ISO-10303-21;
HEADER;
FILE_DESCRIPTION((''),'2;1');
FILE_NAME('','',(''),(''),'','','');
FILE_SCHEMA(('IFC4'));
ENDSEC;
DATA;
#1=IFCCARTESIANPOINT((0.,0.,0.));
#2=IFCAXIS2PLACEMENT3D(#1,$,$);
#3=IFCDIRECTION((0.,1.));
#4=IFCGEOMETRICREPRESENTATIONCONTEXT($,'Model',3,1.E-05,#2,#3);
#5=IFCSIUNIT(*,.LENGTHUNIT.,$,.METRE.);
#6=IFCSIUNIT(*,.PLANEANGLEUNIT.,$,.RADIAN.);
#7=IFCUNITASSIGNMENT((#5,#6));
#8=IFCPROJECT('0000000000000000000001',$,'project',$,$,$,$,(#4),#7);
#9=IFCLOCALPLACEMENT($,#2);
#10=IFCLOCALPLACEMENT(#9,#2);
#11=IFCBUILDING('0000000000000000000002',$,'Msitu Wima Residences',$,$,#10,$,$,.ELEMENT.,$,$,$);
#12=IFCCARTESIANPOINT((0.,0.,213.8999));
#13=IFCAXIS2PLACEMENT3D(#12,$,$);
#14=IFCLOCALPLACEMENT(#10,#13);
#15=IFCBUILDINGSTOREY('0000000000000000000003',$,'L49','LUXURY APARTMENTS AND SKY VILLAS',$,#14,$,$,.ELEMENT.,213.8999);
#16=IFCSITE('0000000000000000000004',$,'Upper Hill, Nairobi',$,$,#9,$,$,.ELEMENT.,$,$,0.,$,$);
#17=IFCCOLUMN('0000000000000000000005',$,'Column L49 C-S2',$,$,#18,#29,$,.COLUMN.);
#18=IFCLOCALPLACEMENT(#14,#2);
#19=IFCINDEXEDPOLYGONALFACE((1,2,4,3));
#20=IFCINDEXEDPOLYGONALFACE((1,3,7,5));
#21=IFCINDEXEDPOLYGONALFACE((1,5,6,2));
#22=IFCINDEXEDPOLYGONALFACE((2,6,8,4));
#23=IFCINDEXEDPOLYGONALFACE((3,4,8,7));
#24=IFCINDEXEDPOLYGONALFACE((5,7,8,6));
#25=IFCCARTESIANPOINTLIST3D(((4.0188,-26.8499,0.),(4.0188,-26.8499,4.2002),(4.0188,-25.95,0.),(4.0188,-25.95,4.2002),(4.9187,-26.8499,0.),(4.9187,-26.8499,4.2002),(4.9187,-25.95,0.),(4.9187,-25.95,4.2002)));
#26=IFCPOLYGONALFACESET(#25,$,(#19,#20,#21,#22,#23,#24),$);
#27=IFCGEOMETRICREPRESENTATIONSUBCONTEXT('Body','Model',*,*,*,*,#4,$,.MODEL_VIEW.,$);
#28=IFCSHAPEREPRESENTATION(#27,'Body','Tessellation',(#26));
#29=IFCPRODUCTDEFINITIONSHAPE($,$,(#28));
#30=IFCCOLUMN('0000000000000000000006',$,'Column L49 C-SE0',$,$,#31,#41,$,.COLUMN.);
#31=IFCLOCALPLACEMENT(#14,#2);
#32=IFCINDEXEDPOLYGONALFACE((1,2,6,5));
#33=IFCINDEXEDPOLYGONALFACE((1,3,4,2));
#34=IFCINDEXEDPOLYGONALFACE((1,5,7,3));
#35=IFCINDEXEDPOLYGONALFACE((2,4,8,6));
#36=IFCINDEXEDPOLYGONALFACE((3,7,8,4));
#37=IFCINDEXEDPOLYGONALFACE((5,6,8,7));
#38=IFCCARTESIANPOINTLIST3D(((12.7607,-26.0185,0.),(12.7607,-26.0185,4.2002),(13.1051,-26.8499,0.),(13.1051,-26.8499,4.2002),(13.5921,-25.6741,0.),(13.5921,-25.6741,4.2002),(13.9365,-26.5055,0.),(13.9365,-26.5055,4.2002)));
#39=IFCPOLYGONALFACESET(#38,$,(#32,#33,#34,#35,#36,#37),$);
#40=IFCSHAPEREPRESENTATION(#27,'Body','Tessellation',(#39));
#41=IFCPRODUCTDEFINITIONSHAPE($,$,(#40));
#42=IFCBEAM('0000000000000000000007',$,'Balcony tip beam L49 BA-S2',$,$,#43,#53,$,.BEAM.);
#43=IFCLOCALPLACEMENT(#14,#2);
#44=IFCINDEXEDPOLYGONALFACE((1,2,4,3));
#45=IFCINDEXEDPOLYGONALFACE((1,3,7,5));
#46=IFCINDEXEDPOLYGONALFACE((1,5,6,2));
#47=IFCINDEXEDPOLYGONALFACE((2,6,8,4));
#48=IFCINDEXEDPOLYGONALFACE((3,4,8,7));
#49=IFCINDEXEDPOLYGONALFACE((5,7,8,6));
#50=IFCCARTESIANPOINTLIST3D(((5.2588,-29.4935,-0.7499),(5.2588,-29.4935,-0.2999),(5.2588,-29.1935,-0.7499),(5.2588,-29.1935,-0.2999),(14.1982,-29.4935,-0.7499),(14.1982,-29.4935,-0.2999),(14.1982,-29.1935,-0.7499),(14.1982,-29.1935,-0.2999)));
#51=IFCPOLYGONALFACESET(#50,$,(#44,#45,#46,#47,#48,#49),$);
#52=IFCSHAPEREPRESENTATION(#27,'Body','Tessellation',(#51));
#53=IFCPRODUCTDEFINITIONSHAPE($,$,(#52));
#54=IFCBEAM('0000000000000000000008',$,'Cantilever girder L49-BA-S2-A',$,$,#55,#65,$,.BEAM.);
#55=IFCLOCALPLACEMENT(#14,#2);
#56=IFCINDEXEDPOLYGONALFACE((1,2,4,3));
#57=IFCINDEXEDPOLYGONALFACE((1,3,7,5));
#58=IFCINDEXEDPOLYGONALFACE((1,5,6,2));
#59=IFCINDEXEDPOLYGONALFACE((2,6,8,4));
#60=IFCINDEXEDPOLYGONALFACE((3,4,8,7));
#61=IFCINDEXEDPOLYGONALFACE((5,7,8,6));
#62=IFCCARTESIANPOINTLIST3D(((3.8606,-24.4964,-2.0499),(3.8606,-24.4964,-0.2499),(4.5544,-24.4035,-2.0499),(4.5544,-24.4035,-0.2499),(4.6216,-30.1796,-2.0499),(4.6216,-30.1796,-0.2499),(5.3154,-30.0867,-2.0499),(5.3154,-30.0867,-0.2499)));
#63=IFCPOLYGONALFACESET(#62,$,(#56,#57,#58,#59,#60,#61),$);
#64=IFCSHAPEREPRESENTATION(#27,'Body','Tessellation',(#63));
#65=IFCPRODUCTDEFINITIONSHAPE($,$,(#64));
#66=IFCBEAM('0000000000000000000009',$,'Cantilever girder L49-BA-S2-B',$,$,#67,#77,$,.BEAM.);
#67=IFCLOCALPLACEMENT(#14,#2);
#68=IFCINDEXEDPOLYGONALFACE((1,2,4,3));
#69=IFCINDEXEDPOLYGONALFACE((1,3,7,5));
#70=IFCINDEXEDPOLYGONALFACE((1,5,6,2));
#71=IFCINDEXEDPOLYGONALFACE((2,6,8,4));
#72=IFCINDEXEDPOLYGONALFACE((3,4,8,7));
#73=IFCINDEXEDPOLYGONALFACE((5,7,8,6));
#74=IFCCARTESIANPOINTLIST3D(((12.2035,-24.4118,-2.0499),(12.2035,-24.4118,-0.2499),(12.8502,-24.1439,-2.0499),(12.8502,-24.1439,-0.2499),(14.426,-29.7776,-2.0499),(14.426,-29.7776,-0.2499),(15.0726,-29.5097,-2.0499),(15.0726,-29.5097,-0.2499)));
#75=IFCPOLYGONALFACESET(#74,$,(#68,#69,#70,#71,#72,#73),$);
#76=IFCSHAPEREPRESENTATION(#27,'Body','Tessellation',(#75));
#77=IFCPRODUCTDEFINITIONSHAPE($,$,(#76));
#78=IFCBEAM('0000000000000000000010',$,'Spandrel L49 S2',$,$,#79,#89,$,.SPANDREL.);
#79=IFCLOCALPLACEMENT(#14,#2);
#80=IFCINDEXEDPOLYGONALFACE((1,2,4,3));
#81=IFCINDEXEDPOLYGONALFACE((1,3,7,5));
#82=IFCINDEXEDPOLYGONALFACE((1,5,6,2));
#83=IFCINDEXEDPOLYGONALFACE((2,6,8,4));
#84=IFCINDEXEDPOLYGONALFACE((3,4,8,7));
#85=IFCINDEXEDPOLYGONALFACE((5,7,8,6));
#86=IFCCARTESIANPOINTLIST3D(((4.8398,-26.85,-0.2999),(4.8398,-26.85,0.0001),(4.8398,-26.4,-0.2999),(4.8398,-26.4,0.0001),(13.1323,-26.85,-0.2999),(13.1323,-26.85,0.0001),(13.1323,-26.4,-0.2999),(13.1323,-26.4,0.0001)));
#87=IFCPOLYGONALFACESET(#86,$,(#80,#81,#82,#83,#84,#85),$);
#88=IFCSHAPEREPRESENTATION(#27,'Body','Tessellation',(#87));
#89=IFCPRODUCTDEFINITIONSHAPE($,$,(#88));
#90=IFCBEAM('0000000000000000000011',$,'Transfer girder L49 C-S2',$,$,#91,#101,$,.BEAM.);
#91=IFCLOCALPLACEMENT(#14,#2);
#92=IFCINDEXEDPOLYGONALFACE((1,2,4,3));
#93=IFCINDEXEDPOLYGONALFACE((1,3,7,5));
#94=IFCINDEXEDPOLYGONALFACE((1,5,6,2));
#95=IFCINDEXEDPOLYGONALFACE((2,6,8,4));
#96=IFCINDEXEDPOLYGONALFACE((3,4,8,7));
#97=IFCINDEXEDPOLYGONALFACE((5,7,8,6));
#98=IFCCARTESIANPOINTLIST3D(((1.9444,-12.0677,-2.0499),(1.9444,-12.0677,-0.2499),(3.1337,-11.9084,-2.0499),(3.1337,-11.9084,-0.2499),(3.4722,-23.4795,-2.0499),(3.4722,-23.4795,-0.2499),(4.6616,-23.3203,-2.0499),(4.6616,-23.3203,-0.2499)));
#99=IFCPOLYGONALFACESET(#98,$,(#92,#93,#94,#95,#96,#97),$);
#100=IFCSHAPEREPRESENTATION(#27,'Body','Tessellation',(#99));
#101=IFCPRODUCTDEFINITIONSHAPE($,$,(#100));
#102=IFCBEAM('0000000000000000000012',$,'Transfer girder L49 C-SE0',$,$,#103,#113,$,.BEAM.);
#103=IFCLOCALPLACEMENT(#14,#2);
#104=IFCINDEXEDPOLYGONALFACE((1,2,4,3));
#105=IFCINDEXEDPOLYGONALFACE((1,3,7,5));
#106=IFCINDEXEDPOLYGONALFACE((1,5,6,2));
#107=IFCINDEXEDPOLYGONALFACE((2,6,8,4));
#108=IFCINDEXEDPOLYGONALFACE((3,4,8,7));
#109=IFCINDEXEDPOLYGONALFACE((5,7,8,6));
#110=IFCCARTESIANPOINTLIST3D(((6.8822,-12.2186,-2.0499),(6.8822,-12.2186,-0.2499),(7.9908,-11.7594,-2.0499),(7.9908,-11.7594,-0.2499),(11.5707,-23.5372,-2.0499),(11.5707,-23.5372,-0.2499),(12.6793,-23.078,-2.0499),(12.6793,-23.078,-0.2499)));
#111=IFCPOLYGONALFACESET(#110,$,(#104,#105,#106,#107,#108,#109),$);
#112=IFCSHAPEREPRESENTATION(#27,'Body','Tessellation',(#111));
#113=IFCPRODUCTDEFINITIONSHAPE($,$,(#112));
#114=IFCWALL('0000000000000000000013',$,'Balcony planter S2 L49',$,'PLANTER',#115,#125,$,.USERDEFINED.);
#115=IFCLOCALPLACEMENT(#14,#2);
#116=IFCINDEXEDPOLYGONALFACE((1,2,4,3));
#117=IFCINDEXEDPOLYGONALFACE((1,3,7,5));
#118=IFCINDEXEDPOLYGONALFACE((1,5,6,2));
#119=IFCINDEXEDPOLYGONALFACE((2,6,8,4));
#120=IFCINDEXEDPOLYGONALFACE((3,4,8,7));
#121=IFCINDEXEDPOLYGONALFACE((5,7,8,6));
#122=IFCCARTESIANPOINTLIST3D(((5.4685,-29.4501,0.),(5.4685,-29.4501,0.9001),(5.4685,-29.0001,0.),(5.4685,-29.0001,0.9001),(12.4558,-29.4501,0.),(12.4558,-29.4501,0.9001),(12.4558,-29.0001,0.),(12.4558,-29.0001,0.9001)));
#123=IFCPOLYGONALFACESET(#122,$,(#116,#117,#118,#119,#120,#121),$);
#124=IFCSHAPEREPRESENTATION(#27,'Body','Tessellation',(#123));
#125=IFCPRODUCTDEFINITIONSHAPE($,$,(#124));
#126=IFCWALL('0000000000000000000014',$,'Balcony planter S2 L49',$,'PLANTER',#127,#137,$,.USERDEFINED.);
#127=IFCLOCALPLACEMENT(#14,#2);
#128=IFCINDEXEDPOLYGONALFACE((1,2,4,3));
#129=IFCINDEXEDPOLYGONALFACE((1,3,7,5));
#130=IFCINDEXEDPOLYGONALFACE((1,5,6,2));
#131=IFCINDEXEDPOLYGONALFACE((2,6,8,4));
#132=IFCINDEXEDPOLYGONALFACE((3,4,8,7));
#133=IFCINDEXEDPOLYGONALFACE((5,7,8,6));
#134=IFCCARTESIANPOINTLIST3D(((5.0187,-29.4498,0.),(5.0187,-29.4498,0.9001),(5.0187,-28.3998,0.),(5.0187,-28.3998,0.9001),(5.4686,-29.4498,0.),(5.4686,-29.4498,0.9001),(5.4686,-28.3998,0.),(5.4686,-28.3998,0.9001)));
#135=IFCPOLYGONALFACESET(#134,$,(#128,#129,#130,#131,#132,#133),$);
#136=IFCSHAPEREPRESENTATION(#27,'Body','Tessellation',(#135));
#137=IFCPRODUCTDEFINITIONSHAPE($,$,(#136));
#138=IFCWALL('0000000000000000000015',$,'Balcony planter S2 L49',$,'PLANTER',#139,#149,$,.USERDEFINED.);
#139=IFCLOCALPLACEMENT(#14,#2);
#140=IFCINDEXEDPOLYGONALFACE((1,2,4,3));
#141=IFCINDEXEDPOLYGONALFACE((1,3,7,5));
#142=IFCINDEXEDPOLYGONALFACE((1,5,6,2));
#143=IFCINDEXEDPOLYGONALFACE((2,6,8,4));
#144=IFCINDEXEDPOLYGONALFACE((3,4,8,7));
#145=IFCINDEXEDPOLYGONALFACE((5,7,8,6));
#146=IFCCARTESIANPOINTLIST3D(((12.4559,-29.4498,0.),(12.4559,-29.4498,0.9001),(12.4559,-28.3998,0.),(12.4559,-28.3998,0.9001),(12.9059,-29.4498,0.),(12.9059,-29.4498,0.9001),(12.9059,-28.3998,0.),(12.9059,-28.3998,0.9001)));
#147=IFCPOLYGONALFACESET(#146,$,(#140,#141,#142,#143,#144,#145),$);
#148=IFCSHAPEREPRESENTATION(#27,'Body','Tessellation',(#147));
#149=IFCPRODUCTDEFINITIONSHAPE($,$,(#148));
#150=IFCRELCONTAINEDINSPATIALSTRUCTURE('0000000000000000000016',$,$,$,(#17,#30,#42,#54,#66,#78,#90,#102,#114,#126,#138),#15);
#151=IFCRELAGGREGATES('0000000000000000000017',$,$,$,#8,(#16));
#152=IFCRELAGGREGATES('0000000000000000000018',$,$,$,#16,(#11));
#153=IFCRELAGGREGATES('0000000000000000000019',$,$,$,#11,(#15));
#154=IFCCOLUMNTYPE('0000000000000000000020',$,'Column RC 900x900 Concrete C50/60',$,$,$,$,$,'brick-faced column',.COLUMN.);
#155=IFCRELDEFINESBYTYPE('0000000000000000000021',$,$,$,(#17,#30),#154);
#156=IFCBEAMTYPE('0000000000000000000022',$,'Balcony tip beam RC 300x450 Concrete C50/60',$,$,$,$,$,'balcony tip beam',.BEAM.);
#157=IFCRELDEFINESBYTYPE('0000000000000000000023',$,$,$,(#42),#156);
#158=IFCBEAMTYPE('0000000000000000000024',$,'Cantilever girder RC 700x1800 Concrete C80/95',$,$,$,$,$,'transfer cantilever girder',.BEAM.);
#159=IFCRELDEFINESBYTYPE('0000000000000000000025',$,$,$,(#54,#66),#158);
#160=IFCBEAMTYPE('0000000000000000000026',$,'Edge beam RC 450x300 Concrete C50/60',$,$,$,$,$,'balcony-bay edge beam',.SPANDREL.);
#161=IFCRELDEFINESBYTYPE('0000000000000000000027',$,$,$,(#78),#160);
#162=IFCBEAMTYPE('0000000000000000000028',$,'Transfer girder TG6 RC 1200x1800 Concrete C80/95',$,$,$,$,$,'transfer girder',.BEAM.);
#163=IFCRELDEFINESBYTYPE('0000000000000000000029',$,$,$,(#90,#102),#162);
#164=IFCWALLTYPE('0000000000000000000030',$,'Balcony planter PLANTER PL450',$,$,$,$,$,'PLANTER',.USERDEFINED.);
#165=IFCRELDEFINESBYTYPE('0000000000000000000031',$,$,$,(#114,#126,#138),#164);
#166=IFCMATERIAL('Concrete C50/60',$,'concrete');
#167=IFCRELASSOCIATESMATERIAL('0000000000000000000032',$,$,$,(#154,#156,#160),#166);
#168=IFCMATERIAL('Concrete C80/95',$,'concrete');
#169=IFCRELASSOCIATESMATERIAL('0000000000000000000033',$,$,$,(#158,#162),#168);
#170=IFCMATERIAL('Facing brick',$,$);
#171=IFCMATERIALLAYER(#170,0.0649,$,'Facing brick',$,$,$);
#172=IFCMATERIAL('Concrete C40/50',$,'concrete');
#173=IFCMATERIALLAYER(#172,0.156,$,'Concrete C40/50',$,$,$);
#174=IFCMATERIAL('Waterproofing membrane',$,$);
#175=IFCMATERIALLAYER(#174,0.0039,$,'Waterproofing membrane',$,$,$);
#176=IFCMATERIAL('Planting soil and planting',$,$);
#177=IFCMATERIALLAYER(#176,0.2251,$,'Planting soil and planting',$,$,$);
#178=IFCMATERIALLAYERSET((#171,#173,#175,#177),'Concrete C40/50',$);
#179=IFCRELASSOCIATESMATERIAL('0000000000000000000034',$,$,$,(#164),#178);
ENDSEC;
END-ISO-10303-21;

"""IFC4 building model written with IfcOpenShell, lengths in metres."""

from ifc_helpers import new_model, si_unit, direction, frame, frame_2d, origin, origin_2d, place, context, subcontext, project, spatial, rectangle, extrude, material, layer, layer_set, material_profile, profile_set, type_object, element, save


model = new_model("IFC4")

# Units and contexts
model_context = context("Model", 3, precision=1e-05, world=origin(), true_north=direction((0.0, 1.0)))
body_context = subcontext(model_context, "Body", "Model", "MODEL_VIEW")
ifc_project = project(units=[si_unit("LENGTHUNIT", "METRE"), si_unit("PLANEANGLEUNIT", "RADIAN")], contexts=[model_context])

# Site, building, storey
site_placement = place(None, origin())
site = spatial("IfcSite", under=ifc_project, at=site_placement, Name="Upper Hill, Nairobi", CompositionType="ELEMENT", RefElevation=0.0)
building_placement = place(site_placement, origin())
building = spatial("IfcBuilding", under=site, at=building_placement, Name="Msitu Wima Residences", CompositionType="ELEMENT")
storey_placement = place(building_placement, frame((0.0, 0.0, 213.8999)))
storey = spatial("IfcBuildingStorey", under=building, at=storey_placement, Name="L49", Description="LUXURY APARTMENTS AND SKY VILLAS", CompositionType="ELEMENT", Elevation=213.8999)

# Columns
ifc_material_1 = material(Name="Concrete C50/60", Category="concrete")
ifc_material_profile_1 = material_profile(ifc_material_1, rectangle(XDim=0.8999, YDim=0.8999, at=origin_2d()), Name="RC 900x900")
ifc_profile_set_1 = profile_set([ifc_material_profile_1], Name="Concrete C50/60")
column_type = type_object("IfcColumnType", Name="Column RC 900x900 Concrete C50/60", ElementType="brick-faced column", PredefinedType="COLUMN", material=ifc_profile_set_1)
for number, where, z_axis, x_axis, name in (
    (1, (4.4688, -26.3999, 0.0), (0.0, 0.0, 1.0), (1.0, 0.0, 0.0), "Column L49 C-S2"),
    (2, (13.3486, -26.262, 0.0), (0.0, 0.0, 1.0), (0.92388, 0.382683, 0.0), "Column L49 C-SE0"),
):
    element("IfcColumn", number, at=place(storey_placement, frame(where, z_axis=z_axis, x_axis=x_axis)), inside=storey, type_object=column_type, Name=name, PredefinedType="COLUMN", context=body_context, shape_type="SweptSolid", body=[
        extrude(rectangle(XDim=0.8999, YDim=0.8999, at=origin_2d()), origin(), (0.0, 0.0, 1.0), 4.2002),
    ])

# Beams
ifc_material_profile_2 = material_profile(ifc_material_1, rectangle(XDim=0.3, YDim=0.45, at=origin_2d()), Name="RC 300x450")
ifc_profile_set_2 = profile_set([ifc_material_profile_2], Name="Concrete C50/60")
beam_type_1 = type_object("IfcBeamType", Name="Balcony tip beam RC 300x450 Concrete C50/60", ElementType="balcony tip beam", PredefinedType="BEAM", material=ifc_profile_set_2)
beam_1_placement = place(storey_placement, frame((5.2588, -29.3435, -0.5249), z_axis=(1.0, 0.0, 0.0), x_axis=(0.0, 1.0, 0.0)))
element("IfcBeam", 3, at=beam_1_placement, inside=storey, type_object=beam_type_1, Name="Balcony tip beam L49 BA-S2", PredefinedType="BEAM", context=body_context, shape_type="SweptSolid", body=[
    extrude(rectangle(XDim=0.3, YDim=0.45, at=origin_2d()), origin(), (0.0, 0.0, 1.0), 8.9395),
])
ifc_material_2 = material(Name="Concrete C80/95", Category="concrete")
ifc_material_profile_3 = material_profile(ifc_material_2, rectangle(XDim=0.7, YDim=1.8, at=origin_2d()), Name="RC 700x1800")
ifc_profile_set_3 = profile_set([ifc_material_profile_3], Name="Concrete C80/95")
beam_type_2 = type_object("IfcBeamType", Name="Cantilever girder RC 700x1800 Concrete C80/95", ElementType="transfer cantilever girder", PredefinedType="BEAM", material=ifc_profile_set_3)
beam_2_placement = place(storey_placement, frame((4.2075, -24.45, -1.1499), z_axis=(0.132719, -0.991154, 0.0), x_axis=(0.991154, 0.132719, 0.0)))
element("IfcBeam", 4, at=beam_2_placement, inside=storey, type_object=beam_type_2, Name="Cantilever girder L49-BA-S2-A", PredefinedType="BEAM", context=body_context, shape_type="SweptSolid", body=[
    extrude(rectangle(XDim=0.7, YDim=1.8, at=origin_2d()), origin(), (0.0, 0.0, 1.0), 5.7339),
])
beam_3_placement = place(storey_placement, frame((12.5269, -24.2778, -1.1499), z_axis=(0.382662, -0.923888, 0.0), x_axis=(0.923888, 0.382662, 0.0)))
element("IfcBeam", 5, at=beam_3_placement, inside=storey, type_object=beam_type_2, Name="Cantilever girder L49-BA-S2-B", PredefinedType="BEAM", context=body_context, shape_type="SweptSolid", body=[
    extrude(rectangle(XDim=0.7, YDim=1.8, at=origin_2d()), origin(), (0.0, 0.0, 1.0), 5.8079),
])
ifc_material_profile_4 = material_profile(ifc_material_1, rectangle(XDim=0.45, YDim=0.3, at=origin_2d()), Name="RC 450x300")
ifc_profile_set_4 = profile_set([ifc_material_profile_4], Name="Concrete C50/60")
beam_type_3 = type_object("IfcBeamType", Name="Edge beam RC 450x300 Concrete C50/60", ElementType="balcony-bay edge beam", PredefinedType="SPANDREL", material=ifc_profile_set_4)
beam_4_placement = place(storey_placement, frame((4.8398, -26.625, -0.1499), z_axis=(1.0, 0.0, 0.0), x_axis=(0.0, 1.0, 0.0)))
element("IfcBeam", 6, at=beam_4_placement, inside=storey, type_object=beam_type_3, Name="Spandrel L49 S2", PredefinedType="SPANDREL", context=body_context, shape_type="SweptSolid", body=[
    extrude(rectangle(XDim=0.45, YDim=0.3, at=origin_2d()), origin(), (0.0, 0.0, 1.0), 8.2925),
])
ifc_material_profile_5 = material_profile(ifc_material_2, rectangle(XDim=1.2, YDim=1.8, at=origin_2d()), Name="RC 1200x1800")
ifc_profile_set_5 = profile_set([ifc_material_profile_5], Name="Concrete C80/95")
beam_type_4 = type_object("IfcBeamType", Name="Transfer girder TG6 RC 1200x1800 Concrete C80/95", ElementType="transfer girder", PredefinedType="BEAM", material=ifc_profile_set_5)
beam_5_placement = place(storey_placement, frame((4.0669, -23.3999, -1.1499), z_axis=(-0.132697, 0.991157, 0.0), x_axis=(-0.991157, -0.132697, 0.0)))
element("IfcBeam", 7, at=beam_5_placement, inside=storey, type_object=beam_type_4, Name="Transfer girder L49 C-S2", PredefinedType="BEAM", context=body_context, shape_type="SweptSolid", body=[
    extrude(rectangle(XDim=1.2, YDim=1.8, at=origin_2d()), origin(), (0.0, 0.0, 1.0), 11.5137),
])
beam_6_placement = place(storey_placement, frame((12.125, -23.3076, -1.1499), z_axis=(-0.382694, 0.923875, 0.0), x_axis=(-0.923875, -0.382694, 0.0)))
element("IfcBeam", 8, at=beam_6_placement, inside=storey, type_object=beam_type_4, Name="Transfer girder L49 C-SE0", PredefinedType="BEAM", context=body_context, shape_type="SweptSolid", body=[
    extrude(rectangle(XDim=1.2, YDim=1.8, at=origin_2d()), origin(), (0.0, 0.0, 1.0), 12.2512),
])

# Walls
ifc_material_3 = material(Name="Facing brick")
ifc_layer_1 = layer(ifc_material_3, 0.0649, Name="Facing brick")
ifc_material_4 = material(Name="Concrete C40/50", Category="concrete")
ifc_layer_2 = layer(ifc_material_4, 0.156, Name="Concrete C40/50")
ifc_material_5 = material(Name="Waterproofing membrane")
ifc_layer_3 = layer(ifc_material_5, 0.0039, Name="Waterproofing membrane")
ifc_material_6 = material(Name="Planting soil and planting")
ifc_layer_4 = layer(ifc_material_6, 0.2251, Name="Planting soil and planting")
ifc_layer_set_1 = layer_set([ifc_layer_1, ifc_layer_2, ifc_layer_3, ifc_layer_4], Name="Concrete C40/50")
wall_type_1 = type_object("IfcWallType", Name="Balcony planter PLANTER PL450", ElementType="PLANTER", PredefinedType="USERDEFINED", material=ifc_layer_set_1)
wall_1_placement = place(storey_placement, frame((5.4685, -29.2251, 0.0), z_axis=(0.0, 0.0, 1.0), x_axis=(1.0, 0.0, 0.0)))
element("IfcWall", 9, at=wall_1_placement, inside=storey, type_object=wall_type_1, Name="Balcony planter S2 L49", ObjectType="PLANTER", PredefinedType="USERDEFINED", context=body_context, shape_type="SweptSolid", body=[
    extrude(rectangle(XDim=6.9873, YDim=0.45, at=frame_2d((3.4937, 0.0))), origin(), (0.0, 0.0, 1.0), 0.9001),
])
for number, where, z_axis, x_axis, name in (
    (10, (5.2437, -28.3999, 0.0), (0.0, 0.0, 1.0), (0.0, -1.0, 0.0), "Balcony planter S2 L49"),
    (11, (12.6809, -28.3999, 0.0), (0.0, 0.0, 1.0), (0.0, -1.0, 0.0), "Balcony planter S2 L49"),
):
    element("IfcWall", number, at=place(storey_placement, frame(where, z_axis=z_axis, x_axis=x_axis)), inside=storey, type_object=wall_type_1, Name=name, ObjectType="PLANTER", PredefinedType="USERDEFINED", context=body_context, shape_type="SweptSolid", body=[
        extrude(rectangle(XDim=1.05, YDim=0.45, at=frame_2d((0.5249, 0.0))), origin(), (0.0, 0.0, 1.0), 0.9001),
    ])

save(model, "model.ifc")
